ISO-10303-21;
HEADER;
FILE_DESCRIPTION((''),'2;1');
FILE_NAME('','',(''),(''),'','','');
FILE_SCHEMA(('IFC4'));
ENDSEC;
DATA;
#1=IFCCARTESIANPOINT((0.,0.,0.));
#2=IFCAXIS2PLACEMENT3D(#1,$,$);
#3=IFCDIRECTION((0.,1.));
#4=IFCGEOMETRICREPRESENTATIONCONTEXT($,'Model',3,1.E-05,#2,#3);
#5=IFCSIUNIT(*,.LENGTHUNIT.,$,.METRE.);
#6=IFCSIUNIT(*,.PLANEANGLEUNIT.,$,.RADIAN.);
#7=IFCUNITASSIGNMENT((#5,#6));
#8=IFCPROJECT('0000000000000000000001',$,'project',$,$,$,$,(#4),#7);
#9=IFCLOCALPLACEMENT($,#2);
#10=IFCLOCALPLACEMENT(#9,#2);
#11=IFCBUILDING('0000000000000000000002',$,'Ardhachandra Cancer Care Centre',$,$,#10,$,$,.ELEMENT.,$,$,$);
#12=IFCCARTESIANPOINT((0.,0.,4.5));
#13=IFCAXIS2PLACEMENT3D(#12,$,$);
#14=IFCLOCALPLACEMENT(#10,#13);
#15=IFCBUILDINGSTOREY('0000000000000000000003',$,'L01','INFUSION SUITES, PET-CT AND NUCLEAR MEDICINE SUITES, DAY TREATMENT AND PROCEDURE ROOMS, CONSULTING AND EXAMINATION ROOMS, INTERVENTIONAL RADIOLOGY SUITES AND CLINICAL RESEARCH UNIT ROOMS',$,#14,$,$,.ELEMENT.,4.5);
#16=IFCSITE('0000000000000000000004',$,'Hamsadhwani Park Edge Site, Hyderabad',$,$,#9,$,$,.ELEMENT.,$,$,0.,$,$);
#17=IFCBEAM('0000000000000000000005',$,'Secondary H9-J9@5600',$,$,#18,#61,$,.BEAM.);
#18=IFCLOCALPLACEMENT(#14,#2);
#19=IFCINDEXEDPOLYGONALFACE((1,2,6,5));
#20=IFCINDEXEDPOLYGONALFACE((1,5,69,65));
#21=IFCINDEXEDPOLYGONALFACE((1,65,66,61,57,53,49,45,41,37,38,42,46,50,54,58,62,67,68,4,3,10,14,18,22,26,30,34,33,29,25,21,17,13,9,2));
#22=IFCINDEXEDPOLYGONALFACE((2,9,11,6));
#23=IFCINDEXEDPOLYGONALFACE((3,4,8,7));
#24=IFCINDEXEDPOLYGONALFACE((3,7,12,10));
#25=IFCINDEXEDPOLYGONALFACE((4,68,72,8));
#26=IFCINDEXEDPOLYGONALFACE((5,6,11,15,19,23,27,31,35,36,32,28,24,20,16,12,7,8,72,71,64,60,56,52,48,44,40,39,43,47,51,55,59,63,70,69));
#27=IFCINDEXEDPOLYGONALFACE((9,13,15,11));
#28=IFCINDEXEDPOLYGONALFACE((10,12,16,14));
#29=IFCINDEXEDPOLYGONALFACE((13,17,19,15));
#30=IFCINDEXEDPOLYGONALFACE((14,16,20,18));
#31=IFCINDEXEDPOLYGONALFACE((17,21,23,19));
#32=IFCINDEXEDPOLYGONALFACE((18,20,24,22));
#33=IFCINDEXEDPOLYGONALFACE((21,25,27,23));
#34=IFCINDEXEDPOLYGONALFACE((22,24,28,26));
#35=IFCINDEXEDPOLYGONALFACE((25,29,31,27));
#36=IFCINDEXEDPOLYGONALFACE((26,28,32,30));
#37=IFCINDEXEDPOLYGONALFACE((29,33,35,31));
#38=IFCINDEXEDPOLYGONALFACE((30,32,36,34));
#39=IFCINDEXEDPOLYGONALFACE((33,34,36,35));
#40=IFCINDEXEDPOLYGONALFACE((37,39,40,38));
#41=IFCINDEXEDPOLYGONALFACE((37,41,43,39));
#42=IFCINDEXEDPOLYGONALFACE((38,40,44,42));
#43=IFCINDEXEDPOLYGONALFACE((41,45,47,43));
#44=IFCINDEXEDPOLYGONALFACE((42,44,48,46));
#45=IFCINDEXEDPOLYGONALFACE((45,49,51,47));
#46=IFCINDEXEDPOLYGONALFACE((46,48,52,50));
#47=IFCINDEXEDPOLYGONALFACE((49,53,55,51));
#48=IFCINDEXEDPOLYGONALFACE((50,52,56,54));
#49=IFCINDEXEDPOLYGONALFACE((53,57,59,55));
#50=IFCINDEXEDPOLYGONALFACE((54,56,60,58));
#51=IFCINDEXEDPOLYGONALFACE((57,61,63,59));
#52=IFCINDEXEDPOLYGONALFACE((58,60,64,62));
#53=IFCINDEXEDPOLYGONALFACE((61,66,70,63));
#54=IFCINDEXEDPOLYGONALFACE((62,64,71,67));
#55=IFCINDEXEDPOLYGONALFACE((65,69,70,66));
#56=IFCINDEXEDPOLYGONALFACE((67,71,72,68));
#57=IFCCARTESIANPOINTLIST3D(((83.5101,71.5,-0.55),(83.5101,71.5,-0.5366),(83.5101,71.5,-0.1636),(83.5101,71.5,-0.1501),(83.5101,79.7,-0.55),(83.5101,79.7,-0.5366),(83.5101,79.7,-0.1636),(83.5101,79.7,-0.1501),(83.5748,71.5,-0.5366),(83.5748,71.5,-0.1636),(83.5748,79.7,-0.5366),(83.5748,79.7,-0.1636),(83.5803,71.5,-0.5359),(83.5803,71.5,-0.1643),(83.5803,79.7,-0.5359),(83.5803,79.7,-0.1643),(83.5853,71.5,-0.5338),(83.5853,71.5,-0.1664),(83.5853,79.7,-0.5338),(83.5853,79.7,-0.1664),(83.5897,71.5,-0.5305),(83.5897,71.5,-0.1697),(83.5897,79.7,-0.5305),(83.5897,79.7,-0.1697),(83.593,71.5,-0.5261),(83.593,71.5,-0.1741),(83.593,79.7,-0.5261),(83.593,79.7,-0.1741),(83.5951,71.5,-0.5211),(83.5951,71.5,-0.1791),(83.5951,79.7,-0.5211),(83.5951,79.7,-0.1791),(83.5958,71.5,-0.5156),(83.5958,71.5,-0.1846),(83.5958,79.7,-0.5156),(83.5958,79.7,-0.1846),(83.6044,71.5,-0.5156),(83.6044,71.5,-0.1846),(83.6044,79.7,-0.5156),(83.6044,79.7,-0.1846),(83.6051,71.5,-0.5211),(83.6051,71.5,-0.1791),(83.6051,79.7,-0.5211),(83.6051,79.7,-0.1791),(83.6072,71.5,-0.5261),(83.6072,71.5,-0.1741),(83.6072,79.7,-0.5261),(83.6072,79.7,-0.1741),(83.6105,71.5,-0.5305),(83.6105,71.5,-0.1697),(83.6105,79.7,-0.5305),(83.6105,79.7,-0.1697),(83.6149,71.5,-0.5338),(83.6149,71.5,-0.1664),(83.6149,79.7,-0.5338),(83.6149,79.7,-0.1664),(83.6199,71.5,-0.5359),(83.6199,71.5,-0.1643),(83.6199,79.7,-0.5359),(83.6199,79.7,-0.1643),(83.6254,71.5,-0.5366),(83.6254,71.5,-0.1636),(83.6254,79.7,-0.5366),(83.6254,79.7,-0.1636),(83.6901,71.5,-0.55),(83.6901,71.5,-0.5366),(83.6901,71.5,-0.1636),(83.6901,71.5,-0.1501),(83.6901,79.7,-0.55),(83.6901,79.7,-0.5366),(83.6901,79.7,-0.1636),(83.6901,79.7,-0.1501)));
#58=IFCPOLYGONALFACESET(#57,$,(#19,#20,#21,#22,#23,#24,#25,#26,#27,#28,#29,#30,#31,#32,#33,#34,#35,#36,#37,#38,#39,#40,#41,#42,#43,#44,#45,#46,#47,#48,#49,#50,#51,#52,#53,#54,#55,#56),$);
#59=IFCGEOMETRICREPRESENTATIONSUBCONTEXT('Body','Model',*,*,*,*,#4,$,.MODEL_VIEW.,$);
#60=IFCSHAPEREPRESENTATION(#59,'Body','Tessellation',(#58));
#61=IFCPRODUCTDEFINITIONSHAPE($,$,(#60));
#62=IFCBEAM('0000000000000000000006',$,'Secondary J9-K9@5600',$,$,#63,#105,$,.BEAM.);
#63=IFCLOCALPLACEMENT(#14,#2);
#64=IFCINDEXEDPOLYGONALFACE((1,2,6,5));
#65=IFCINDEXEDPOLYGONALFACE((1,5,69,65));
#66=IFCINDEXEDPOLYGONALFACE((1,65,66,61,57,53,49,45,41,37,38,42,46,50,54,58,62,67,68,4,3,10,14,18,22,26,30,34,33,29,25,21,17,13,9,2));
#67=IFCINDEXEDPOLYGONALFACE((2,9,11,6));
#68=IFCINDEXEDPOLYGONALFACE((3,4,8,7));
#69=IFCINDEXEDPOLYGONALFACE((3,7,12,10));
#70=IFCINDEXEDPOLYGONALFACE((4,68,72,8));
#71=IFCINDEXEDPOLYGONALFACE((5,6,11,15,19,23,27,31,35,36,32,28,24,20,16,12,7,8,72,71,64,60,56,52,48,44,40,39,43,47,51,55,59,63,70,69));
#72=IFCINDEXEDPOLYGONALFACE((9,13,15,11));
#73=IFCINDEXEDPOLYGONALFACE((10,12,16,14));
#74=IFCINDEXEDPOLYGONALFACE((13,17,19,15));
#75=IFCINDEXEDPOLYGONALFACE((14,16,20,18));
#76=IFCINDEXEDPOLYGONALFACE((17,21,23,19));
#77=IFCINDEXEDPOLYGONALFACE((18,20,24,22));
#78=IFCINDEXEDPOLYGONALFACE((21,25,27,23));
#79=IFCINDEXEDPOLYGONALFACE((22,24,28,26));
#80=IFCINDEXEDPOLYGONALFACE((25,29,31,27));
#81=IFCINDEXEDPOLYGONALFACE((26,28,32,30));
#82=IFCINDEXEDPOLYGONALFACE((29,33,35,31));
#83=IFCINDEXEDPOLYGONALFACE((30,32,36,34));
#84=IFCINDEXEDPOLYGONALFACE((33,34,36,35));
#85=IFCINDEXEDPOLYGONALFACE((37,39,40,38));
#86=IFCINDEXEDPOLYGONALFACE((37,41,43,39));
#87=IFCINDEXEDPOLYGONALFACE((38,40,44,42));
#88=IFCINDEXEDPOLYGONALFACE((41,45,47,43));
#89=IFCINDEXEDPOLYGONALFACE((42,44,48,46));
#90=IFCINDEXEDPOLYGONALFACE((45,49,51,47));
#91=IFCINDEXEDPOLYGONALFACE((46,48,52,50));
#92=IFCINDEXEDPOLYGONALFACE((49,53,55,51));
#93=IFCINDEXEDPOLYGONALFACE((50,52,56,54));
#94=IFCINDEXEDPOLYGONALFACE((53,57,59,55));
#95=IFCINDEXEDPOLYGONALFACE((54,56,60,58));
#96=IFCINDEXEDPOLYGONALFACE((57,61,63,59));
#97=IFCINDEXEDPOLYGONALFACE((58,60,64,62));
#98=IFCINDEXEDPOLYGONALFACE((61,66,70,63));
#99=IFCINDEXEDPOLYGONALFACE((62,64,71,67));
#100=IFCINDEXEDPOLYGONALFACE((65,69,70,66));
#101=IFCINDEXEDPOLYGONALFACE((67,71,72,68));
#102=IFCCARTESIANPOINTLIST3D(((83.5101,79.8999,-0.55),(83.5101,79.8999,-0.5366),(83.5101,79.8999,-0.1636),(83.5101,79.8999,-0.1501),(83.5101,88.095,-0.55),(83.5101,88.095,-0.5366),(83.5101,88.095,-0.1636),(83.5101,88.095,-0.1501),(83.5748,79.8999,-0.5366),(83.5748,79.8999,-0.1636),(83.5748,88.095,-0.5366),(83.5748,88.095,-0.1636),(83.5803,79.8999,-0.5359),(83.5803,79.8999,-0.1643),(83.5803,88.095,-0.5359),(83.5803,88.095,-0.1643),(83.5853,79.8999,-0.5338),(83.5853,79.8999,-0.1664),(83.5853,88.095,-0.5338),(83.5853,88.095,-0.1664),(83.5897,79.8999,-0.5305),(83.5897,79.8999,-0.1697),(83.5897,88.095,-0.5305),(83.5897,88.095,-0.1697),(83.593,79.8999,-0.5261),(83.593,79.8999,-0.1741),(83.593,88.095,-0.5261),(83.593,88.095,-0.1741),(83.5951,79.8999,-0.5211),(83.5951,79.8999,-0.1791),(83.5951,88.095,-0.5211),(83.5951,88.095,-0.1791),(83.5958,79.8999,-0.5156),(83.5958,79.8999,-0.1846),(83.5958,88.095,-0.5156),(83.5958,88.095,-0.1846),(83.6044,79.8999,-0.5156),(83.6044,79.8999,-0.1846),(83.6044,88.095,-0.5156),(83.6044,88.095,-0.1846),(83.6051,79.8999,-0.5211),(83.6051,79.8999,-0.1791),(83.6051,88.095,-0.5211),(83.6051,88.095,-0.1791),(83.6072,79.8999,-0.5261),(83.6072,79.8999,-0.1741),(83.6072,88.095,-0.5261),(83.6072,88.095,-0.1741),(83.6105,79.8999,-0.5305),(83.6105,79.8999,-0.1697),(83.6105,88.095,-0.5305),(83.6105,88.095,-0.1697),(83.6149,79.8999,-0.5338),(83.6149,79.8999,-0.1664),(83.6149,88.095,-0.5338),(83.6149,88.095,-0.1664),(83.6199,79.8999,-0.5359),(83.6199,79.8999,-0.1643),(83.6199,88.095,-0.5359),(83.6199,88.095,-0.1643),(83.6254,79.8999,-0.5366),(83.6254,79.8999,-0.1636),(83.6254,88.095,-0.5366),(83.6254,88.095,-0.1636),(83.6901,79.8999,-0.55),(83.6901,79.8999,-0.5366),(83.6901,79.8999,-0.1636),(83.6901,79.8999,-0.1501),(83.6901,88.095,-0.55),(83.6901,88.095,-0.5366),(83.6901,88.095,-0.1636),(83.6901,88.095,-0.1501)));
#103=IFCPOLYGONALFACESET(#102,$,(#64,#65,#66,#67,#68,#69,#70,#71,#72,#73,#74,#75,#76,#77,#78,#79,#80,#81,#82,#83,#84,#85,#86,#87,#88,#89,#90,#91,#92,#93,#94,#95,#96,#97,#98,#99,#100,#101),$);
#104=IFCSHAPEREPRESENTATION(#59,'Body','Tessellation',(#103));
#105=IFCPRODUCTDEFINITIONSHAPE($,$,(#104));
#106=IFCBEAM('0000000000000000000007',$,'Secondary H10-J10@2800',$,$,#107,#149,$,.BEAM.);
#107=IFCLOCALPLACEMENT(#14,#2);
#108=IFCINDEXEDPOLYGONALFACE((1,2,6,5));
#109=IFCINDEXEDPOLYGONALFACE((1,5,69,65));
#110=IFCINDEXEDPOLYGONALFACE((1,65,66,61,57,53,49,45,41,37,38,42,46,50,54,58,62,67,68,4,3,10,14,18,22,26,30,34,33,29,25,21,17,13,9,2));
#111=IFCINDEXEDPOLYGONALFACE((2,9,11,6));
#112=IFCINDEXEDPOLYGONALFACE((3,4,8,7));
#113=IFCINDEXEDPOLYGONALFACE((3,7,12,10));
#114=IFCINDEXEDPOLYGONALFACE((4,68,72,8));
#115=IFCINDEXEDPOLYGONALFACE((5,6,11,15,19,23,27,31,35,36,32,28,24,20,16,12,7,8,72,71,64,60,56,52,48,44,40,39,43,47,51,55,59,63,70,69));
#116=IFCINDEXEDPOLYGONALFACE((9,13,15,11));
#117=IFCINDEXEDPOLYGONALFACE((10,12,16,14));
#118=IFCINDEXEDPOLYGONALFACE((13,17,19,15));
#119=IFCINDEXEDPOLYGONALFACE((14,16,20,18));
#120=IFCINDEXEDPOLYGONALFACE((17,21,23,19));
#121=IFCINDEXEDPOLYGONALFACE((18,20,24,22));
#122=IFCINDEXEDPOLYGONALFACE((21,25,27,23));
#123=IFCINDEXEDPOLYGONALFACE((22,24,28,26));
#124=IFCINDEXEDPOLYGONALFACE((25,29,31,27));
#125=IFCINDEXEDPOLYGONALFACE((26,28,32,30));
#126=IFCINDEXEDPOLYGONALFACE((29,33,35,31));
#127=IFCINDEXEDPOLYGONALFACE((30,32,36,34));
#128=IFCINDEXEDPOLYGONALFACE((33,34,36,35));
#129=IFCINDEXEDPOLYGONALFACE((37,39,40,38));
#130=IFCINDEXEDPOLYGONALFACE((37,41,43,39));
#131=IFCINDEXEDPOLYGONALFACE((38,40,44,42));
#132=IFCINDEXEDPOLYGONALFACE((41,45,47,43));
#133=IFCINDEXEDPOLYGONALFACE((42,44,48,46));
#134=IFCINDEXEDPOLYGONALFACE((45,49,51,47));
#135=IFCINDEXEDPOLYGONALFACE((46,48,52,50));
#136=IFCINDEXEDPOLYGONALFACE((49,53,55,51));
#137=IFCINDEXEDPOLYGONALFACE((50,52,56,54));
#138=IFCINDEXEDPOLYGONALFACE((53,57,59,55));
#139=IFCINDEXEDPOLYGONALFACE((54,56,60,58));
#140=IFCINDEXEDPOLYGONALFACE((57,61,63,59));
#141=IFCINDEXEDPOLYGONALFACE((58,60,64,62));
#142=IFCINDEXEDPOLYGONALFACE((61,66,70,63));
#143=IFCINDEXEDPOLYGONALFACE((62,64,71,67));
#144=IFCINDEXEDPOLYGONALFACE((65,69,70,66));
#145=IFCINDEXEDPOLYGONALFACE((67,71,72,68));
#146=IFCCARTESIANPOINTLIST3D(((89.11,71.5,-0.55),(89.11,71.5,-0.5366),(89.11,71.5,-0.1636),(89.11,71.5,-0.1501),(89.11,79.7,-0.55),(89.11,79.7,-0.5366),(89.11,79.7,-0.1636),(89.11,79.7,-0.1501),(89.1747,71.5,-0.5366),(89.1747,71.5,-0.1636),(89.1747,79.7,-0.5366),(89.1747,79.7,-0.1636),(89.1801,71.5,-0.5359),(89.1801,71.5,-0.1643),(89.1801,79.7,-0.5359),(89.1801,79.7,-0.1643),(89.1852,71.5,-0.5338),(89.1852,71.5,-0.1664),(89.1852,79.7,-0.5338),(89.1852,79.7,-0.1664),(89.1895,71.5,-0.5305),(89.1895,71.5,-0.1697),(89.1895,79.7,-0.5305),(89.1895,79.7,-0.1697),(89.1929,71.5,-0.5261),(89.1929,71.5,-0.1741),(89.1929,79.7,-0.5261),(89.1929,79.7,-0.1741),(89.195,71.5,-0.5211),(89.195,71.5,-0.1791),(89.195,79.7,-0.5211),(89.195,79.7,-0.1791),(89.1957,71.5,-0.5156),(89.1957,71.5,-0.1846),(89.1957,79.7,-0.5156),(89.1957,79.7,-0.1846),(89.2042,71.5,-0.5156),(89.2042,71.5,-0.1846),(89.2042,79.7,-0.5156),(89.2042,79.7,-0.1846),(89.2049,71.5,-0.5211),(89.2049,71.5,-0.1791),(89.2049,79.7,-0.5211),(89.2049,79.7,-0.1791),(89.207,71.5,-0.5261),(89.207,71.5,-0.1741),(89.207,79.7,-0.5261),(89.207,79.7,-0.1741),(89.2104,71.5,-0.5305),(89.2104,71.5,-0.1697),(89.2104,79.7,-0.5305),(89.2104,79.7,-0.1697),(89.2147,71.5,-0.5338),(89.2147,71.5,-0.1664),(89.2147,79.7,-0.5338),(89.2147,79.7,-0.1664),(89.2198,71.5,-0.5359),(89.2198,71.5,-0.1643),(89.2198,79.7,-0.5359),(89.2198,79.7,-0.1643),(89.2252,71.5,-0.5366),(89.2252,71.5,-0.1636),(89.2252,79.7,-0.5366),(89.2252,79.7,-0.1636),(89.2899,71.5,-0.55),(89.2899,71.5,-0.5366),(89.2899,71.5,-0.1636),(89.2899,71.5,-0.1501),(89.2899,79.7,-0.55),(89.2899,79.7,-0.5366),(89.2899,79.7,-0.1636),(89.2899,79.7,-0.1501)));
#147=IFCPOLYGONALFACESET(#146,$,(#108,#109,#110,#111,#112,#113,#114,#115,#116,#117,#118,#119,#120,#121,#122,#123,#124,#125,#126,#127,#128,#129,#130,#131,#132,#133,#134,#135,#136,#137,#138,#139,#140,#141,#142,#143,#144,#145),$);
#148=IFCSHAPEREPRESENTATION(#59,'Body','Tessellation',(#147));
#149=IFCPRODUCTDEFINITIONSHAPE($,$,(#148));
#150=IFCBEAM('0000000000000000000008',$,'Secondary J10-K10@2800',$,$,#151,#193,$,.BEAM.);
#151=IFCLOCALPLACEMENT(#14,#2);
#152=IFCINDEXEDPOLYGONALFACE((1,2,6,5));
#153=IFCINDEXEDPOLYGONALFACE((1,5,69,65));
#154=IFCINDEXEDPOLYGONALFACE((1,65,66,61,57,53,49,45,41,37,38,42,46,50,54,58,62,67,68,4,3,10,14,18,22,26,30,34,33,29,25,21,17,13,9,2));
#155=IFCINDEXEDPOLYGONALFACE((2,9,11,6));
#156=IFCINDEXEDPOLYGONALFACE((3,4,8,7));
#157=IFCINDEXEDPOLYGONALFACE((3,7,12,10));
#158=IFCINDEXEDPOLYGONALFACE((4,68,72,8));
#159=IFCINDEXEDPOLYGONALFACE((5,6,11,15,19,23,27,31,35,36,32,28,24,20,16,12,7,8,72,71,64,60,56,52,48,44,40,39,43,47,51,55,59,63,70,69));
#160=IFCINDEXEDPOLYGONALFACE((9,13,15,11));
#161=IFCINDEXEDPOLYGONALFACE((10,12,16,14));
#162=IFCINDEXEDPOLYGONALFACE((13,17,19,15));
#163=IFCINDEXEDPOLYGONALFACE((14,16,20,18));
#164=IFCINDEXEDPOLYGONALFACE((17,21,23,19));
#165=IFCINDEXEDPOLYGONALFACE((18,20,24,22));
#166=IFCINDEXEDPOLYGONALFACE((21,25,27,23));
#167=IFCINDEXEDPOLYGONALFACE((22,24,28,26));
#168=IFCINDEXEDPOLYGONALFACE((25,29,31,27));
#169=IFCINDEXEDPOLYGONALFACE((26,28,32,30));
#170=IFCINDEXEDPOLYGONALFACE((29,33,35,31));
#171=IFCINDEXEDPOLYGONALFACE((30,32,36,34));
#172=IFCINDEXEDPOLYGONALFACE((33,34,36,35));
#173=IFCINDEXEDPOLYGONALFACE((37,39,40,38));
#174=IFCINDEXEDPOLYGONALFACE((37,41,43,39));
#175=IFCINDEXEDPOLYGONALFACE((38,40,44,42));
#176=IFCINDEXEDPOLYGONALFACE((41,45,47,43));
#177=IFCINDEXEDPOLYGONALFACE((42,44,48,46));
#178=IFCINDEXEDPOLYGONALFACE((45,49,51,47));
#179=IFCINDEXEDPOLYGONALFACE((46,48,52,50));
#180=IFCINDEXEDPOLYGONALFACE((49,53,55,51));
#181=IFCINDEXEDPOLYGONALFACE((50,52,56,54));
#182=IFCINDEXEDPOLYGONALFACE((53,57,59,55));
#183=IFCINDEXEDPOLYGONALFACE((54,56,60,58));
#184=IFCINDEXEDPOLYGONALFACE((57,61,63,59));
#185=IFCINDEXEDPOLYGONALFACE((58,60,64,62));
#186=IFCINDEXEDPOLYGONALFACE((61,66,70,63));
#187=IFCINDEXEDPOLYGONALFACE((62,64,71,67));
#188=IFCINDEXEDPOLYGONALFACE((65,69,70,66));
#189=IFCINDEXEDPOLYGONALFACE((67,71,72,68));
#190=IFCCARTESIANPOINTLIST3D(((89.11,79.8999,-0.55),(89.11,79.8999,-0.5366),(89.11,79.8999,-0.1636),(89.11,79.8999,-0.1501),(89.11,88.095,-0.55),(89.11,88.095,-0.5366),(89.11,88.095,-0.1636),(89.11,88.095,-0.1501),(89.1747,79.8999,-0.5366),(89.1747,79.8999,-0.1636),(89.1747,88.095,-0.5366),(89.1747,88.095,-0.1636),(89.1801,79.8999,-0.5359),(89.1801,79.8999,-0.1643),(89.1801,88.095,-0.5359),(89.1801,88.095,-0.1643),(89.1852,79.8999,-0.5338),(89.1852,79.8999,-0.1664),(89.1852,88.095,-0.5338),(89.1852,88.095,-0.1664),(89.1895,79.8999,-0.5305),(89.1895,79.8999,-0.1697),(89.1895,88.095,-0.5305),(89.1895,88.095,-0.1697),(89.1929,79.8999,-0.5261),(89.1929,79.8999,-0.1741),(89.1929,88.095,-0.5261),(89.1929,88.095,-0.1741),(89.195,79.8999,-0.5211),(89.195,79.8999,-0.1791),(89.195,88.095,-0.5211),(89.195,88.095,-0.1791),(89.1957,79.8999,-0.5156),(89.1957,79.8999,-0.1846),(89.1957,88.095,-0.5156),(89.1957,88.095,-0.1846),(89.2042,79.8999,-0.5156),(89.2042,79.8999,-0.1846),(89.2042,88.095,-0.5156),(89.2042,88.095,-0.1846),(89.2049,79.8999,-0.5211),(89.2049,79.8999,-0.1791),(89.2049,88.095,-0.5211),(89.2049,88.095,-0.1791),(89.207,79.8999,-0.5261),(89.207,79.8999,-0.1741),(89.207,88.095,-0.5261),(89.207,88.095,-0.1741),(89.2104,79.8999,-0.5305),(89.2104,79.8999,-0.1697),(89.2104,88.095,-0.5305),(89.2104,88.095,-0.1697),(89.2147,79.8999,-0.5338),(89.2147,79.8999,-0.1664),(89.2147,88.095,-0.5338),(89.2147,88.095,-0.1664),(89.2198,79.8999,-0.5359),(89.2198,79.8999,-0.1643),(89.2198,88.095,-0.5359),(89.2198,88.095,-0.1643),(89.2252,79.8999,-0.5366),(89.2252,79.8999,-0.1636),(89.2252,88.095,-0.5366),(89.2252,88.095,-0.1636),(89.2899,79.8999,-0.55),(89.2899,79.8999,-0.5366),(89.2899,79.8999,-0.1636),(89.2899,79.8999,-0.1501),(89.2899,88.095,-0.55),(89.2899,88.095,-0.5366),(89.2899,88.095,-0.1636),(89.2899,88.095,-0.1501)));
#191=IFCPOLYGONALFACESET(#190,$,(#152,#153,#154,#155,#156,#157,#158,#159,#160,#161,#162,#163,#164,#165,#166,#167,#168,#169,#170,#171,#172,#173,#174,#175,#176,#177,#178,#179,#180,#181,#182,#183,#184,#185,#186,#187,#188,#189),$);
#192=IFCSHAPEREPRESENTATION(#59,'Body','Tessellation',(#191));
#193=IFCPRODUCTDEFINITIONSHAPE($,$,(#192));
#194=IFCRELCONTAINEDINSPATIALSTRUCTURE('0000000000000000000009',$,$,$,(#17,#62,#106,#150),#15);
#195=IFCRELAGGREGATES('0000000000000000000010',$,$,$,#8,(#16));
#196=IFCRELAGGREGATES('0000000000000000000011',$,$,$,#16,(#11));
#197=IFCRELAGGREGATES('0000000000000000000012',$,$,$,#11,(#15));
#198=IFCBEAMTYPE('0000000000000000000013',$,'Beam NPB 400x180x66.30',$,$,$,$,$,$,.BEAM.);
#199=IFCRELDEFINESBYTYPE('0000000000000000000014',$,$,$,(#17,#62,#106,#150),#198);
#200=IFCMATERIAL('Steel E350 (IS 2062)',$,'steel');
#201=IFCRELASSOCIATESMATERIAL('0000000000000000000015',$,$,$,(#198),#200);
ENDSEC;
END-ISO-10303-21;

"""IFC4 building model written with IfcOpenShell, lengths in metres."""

from ifc_helpers import new_model, si_unit, direction, frame, origin, origin_2d, place, context, subcontext, project, spatial, i_section, extrude, material, material_profile, profile_set, type_object, element, save


model = new_model("IFC4")

# Units and contexts
model_context = context("Model", 3, precision=1e-05, world=origin(), true_north=direction((0.0, 1.0)))
body_context = subcontext(model_context, "Body", "Model", "MODEL_VIEW")
ifc_project = project(units=[si_unit("LENGTHUNIT", "METRE"), si_unit("PLANEANGLEUNIT", "RADIAN")], contexts=[model_context])

# Site, building, storey
site_placement = place(None, origin())
site = spatial("IfcSite", under=ifc_project, at=site_placement, Name="Hamsadhwani Park Edge Site, Hyderabad", CompositionType="ELEMENT", RefElevation=0.0)
building_placement = place(site_placement, origin())
building = spatial("IfcBuilding", under=site, at=building_placement, Name="Ardhachandra Cancer Care Centre", CompositionType="ELEMENT")
storey_placement = place(building_placement, frame((0.0, 0.0, 4.5)))
storey = spatial("IfcBuildingStorey", under=building, at=storey_placement, Name="L01", Description="INFUSION SUITES, PET-CT AND NUCLEAR MEDICINE SUITES, DAY TREATMENT AND PROCEDURE ROOMS, CONSULTING AND EXAMINATION ROOMS, INTERVENTIONAL RADIOLOGY SUITES AND CLINICAL RESEARCH UNIT ROOMS", CompositionType="ELEMENT", Elevation=4.5)

# Beams
ifc_material_1 = material(Name="Steel E350 (IS 2062)", Category="steel")
ifc_material_profile_1 = material_profile(ifc_material_1, i_section(OverallWidth=0.1799, OverallDepth=0.3999, WebThickness=0.0085, FlangeThickness=0.0134, FilletRadius=0.021, at=origin_2d()), Name="NPB 400x180x66.30")
ifc_profile_set_1 = profile_set([ifc_material_profile_1], Name="Steel E350 (IS 2062)")
beam_type_1 = type_object("IfcBeamType", Name="Beam NPB 400x180x66.30", PredefinedType="BEAM", material=ifc_profile_set_1)
beam_1_placement = place(storey_placement, frame((83.6001, 71.5, -0.3501), z_axis=(0.0, 1.0, 0.0), x_axis=(-1.0, 0.0, 0.0)))
element("IfcBeam", 1, at=beam_1_placement, inside=storey, type_object=beam_type_1, Name="Secondary H9-J9@5600", PredefinedType="BEAM", context=body_context, shape_type="SweptSolid", body=[
    extrude(i_section(OverallWidth=0.1799, OverallDepth=0.3999, WebThickness=0.0085, FlangeThickness=0.0134, FilletRadius=0.021, at=origin_2d()), origin(), (0.0, 0.0, 1.0), 8.2),
])
beam_2_placement = place(storey_placement, frame((83.6001, 79.8999, -0.3501), z_axis=(0.0, 1.0, 0.0), x_axis=(-1.0, 0.0, 0.0)))
element("IfcBeam", 2, at=beam_2_placement, inside=storey, type_object=beam_type_1, Name="Secondary J9-K9@5600", PredefinedType="BEAM", context=body_context, shape_type="SweptSolid", body=[
    extrude(i_section(OverallWidth=0.1799, OverallDepth=0.3999, WebThickness=0.0085, FlangeThickness=0.0134, FilletRadius=0.021, at=origin_2d()), origin(), (0.0, 0.0, 1.0), 8.1951),
])
beam_3_placement = place(storey_placement, frame((89.2, 71.5, -0.3501), z_axis=(0.0, 1.0, 0.0), x_axis=(-1.0, 0.0, 0.0)))
element("IfcBeam", 3, at=beam_3_placement, inside=storey, type_object=beam_type_1, Name="Secondary H10-J10@2800", PredefinedType="BEAM", context=body_context, shape_type="SweptSolid", body=[
    extrude(i_section(OverallWidth=0.1799, OverallDepth=0.3999, WebThickness=0.0085, FlangeThickness=0.0134, FilletRadius=0.021, at=origin_2d()), origin(), (0.0, 0.0, 1.0), 8.2),
])
beam_4_placement = place(storey_placement, frame((89.2, 79.8999, -0.3501), z_axis=(0.0, 1.0, 0.0), x_axis=(-1.0, 0.0, 0.0)))
element("IfcBeam", 4, at=beam_4_placement, inside=storey, type_object=beam_type_1, Name="Secondary J10-K10@2800", PredefinedType="BEAM", context=body_context, shape_type="SweptSolid", body=[
    extrude(i_section(OverallWidth=0.1799, OverallDepth=0.3999, WebThickness=0.0085, FlangeThickness=0.0134, FilletRadius=0.021, at=origin_2d()), origin(), (0.0, 0.0, 1.0), 8.1951),
])

save(model, "model.ifc")
